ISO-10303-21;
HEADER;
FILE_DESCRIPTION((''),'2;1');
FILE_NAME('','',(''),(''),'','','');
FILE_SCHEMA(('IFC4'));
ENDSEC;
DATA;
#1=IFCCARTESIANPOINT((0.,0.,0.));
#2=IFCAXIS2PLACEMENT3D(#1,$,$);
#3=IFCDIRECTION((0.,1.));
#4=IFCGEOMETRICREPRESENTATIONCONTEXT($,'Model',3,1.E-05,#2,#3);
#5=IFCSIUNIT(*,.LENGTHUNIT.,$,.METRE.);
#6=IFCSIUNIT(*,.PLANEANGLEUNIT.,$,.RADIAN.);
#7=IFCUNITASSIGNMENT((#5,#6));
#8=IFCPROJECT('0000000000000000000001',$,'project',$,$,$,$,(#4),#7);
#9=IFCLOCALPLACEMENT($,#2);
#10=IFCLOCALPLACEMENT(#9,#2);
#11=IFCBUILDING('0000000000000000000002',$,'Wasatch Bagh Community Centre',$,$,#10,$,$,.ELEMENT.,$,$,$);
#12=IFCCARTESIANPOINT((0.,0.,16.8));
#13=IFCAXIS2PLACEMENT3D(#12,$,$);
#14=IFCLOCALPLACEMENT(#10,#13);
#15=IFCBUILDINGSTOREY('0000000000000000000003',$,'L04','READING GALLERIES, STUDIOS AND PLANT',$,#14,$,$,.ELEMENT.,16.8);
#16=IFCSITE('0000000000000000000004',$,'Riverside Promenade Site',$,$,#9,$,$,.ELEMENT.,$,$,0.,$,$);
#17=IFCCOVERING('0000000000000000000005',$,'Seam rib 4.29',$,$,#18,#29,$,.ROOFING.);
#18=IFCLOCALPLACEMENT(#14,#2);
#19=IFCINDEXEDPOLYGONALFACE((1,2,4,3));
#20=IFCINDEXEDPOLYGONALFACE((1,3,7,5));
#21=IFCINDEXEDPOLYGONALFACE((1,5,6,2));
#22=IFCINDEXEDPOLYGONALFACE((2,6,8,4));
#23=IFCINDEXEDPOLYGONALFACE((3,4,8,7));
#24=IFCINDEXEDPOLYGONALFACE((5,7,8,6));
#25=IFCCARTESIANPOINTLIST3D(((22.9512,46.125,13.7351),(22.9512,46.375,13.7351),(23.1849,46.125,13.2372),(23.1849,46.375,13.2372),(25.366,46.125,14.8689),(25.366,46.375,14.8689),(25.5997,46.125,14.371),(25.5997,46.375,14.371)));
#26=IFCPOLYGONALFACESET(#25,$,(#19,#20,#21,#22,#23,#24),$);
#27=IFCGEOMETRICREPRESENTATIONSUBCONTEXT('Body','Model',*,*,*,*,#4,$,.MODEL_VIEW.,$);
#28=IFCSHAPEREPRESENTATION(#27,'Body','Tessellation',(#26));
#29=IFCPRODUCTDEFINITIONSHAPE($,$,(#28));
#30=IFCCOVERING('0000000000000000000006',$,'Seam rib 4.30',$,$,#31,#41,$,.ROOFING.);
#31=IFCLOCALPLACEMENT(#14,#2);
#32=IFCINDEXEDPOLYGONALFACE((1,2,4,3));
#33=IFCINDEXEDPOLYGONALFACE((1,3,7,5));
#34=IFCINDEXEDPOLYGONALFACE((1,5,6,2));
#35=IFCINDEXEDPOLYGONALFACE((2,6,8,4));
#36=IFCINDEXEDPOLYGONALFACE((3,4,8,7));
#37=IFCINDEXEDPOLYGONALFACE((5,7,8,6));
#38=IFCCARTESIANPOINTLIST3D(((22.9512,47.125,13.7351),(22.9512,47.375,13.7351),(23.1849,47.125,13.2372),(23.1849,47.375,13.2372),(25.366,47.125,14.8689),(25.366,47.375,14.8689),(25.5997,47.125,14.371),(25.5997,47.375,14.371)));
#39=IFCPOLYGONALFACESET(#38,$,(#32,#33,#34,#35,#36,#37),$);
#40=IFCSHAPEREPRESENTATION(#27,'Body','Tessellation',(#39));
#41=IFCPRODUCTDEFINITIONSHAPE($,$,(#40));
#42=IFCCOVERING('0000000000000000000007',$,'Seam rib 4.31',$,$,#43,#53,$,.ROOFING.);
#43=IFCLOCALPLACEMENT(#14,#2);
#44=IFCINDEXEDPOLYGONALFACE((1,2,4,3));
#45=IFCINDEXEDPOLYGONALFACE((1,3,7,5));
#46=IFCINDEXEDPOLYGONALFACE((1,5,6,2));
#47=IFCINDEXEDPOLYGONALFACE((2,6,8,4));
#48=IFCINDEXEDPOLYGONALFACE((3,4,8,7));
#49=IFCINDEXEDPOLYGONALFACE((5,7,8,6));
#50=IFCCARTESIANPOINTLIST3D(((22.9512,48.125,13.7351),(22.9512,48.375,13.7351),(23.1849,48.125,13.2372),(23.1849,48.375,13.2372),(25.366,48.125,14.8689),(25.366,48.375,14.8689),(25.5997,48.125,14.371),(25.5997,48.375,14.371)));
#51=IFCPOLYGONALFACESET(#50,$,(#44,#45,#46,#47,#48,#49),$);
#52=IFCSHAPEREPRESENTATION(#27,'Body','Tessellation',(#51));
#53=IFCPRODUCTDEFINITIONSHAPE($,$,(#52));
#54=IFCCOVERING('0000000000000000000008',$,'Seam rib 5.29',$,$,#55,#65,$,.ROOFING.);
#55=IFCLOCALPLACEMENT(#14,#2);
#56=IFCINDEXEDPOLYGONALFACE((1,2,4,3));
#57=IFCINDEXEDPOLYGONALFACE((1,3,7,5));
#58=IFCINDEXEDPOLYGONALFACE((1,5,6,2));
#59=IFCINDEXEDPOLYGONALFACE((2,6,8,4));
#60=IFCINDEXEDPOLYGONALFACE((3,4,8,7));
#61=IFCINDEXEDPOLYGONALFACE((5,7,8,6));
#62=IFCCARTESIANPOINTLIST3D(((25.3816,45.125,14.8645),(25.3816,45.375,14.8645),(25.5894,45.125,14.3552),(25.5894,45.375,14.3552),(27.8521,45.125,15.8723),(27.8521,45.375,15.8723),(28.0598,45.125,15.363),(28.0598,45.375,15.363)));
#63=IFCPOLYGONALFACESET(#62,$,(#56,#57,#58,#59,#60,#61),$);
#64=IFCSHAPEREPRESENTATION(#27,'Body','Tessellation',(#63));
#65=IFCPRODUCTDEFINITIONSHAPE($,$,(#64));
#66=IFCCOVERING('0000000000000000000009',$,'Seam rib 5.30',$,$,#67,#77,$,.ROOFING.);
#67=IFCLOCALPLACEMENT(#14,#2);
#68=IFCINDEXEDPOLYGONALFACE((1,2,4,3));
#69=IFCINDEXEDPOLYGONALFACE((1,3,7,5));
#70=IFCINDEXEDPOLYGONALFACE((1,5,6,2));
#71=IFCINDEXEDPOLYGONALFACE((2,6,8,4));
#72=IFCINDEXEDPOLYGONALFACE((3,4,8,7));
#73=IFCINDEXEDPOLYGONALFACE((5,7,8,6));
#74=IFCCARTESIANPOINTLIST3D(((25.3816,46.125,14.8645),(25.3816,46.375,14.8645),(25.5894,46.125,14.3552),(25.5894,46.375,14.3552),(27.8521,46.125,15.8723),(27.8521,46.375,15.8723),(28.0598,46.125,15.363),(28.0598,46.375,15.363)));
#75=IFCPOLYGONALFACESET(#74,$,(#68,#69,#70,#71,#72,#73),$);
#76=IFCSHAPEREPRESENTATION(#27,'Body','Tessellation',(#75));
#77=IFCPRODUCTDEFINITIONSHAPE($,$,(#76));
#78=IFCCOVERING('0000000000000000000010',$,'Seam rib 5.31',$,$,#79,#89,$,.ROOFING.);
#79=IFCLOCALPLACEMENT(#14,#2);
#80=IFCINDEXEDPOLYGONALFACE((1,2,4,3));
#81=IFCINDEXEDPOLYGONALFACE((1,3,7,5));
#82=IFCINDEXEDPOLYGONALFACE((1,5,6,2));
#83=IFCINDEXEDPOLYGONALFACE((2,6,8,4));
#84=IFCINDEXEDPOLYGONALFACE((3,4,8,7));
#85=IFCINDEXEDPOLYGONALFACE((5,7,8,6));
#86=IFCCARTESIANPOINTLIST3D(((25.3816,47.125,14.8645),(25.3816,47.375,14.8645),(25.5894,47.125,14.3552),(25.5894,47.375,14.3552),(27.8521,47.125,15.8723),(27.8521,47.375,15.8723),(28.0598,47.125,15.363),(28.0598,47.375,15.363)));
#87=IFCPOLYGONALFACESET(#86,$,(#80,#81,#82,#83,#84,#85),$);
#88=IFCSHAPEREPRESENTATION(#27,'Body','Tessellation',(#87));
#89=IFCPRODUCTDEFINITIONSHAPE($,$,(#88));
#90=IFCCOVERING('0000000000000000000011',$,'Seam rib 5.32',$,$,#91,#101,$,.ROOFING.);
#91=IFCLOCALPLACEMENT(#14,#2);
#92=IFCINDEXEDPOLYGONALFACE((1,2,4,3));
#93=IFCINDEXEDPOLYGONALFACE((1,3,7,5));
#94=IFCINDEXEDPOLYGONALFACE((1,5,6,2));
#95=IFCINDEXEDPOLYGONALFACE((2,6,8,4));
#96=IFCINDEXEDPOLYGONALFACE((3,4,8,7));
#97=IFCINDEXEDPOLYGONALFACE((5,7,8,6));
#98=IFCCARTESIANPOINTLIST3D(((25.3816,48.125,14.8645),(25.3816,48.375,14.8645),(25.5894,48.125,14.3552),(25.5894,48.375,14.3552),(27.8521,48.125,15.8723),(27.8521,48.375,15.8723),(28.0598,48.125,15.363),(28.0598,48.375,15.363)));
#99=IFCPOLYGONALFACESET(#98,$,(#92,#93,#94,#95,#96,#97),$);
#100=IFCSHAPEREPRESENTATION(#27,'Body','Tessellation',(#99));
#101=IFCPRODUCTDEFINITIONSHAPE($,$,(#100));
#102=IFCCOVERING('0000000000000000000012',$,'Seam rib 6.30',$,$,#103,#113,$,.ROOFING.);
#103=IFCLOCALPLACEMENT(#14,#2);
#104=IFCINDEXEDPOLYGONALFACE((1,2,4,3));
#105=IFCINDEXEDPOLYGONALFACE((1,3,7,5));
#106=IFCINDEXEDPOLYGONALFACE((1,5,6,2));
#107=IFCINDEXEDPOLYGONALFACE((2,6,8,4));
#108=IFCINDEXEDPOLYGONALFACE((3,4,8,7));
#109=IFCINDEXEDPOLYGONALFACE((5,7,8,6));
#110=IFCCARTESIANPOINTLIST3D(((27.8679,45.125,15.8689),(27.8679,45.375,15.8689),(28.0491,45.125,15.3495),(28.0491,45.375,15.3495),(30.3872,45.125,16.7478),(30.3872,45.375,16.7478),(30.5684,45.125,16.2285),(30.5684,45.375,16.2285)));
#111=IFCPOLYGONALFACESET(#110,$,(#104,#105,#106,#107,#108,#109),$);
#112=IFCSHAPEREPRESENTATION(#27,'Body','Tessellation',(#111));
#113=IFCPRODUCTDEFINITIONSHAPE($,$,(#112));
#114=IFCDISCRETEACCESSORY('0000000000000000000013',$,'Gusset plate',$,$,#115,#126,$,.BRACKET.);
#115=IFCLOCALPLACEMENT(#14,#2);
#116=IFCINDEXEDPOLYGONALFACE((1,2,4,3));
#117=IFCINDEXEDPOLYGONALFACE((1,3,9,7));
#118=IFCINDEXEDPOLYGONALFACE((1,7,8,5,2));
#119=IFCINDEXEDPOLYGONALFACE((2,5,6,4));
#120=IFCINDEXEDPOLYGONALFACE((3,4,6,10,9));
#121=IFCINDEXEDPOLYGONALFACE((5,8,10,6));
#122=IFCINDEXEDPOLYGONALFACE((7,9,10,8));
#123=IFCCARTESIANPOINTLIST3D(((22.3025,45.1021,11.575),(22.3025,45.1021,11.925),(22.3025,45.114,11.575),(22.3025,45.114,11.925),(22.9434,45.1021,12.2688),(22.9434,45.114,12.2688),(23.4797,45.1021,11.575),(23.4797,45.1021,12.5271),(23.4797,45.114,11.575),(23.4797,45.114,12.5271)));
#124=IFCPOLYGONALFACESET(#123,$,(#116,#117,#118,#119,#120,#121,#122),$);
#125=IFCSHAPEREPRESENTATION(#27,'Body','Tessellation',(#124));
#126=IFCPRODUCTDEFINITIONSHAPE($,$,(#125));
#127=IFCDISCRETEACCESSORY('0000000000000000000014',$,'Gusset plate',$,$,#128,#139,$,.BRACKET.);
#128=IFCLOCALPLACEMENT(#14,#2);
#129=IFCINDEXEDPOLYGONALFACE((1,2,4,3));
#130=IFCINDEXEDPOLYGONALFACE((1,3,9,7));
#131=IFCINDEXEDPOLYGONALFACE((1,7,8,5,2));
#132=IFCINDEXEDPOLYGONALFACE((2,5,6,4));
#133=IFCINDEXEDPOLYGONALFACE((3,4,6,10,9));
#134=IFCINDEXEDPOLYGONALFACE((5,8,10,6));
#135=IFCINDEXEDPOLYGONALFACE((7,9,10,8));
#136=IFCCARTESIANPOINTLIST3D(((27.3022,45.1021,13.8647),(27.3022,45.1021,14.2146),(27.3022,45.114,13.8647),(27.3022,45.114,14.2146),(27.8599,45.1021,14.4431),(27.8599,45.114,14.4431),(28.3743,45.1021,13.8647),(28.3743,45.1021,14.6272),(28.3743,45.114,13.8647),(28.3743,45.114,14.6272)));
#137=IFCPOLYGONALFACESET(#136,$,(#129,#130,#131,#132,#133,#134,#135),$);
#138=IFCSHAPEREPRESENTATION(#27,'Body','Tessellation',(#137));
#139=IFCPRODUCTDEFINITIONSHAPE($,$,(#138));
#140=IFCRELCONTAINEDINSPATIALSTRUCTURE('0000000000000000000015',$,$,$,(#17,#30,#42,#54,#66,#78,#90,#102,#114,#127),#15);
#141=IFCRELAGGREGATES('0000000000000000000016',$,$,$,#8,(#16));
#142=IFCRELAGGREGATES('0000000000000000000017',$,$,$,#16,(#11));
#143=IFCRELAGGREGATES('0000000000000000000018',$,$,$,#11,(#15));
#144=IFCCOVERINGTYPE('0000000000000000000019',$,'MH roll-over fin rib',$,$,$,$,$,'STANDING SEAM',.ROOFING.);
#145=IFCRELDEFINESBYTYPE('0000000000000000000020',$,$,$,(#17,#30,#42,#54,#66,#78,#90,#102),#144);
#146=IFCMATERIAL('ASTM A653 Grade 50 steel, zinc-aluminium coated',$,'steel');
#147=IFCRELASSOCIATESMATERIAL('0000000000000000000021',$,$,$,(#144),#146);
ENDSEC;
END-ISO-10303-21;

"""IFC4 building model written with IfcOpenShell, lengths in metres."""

from ifc_helpers import new_model, si_unit, direction, frame, origin, place, context, subcontext, project, spatial, polyline, outline, extrude, material, type_object, element, save


model = new_model("IFC4")

# Units and contexts
model_context = context("Model", 3, precision=1e-05, world=origin(), true_north=direction((0.0, 1.0)))
body_context = subcontext(model_context, "Body", "Model", "MODEL_VIEW")
ifc_project = project(units=[si_unit("LENGTHUNIT", "METRE"), si_unit("PLANEANGLEUNIT", "RADIAN")], contexts=[model_context])

# Site, building, storey
site_placement = place(None, origin())
site = spatial("IfcSite", under=ifc_project, at=site_placement, Name="Riverside Promenade Site", CompositionType="ELEMENT", RefElevation=0.0)
building_placement = place(site_placement, origin())
building = spatial("IfcBuilding", under=site, at=building_placement, Name="Wasatch Bagh Community Centre", CompositionType="ELEMENT")
storey_placement = place(building_placement, frame((0.0, 0.0, 16.8)))
storey = spatial("IfcBuildingStorey", under=building, at=storey_placement, Name="L04", Description="READING GALLERIES, STUDIOS AND PLANT", CompositionType="ELEMENT", Elevation=16.8)

# Coverings
ifc_material_1 = material(Name="ASTM A653 Grade 50 steel, zinc-aluminium coated", Category="steel")
covering_type = type_object("IfcCoveringType", Name="MH roll-over fin rib", ElementType="STANDING SEAM", PredefinedType="ROOFING", material=ifc_material_1)
for number, where, z_axis, x_axis, name in (
    (1, (22.9512, 46.125, 13.7351), (-0.425004, 0.0, 0.905192), (0.905192, 0.0, 0.425004), "Seam rib 4.29"),
    (2, (22.9512, 47.125, 13.7351), (-0.425004, 0.0, 0.905192), (0.905192, 0.0, 0.425004), "Seam rib 4.30"),
    (3, (22.9512, 48.125, 13.7351), (-0.425004, 0.0, 0.905192), (0.905192, 0.0, 0.425004), "Seam rib 4.31"),
):
    element("IfcCovering", number, at=place(storey_placement, frame(where, z_axis=z_axis, x_axis=x_axis)), inside=storey, type_object=covering_type, Name=name, PredefinedType="ROOFING", context=body_context, shape_type="SweptSolid", body=[
        extrude(outline(polyline([(0.0, 0.0), (2.6677, 0.0), (2.6677, 0.25), (0.0, 0.25), (0.0, 0.0)])), origin(), (0.0, 0.0, -1.0), 0.55),
    ])
for number, where, z_axis, x_axis, name in (
    (4, (25.3816, 45.125, 14.8645), (-0.377724, 0.0, 0.925918), (0.925918, 0.0, 0.377724), "Seam rib 5.29"),
    (5, (25.3816, 46.125, 14.8645), (-0.377724, 0.0, 0.925918), (0.925918, 0.0, 0.377724), "Seam rib 5.30"),
    (6, (25.3816, 47.125, 14.8645), (-0.377724, 0.0, 0.925918), (0.925918, 0.0, 0.377724), "Seam rib 5.31"),
    (7, (25.3816, 48.125, 14.8645), (-0.377724, 0.0, 0.925918), (0.925918, 0.0, 0.377724), "Seam rib 5.32"),
):
    element("IfcCovering", number, at=place(storey_placement, frame(where, z_axis=z_axis, x_axis=x_axis)), inside=storey, type_object=covering_type, Name=name, PredefinedType="ROOFING", context=body_context, shape_type="SweptSolid", body=[
        extrude(outline(polyline([(0.0, 0.0), (2.6681, 0.0), (2.6681, 0.25), (0.0, 0.25), (0.0, 0.0)])), origin(), (0.0, 0.0, -1.0), 0.55),
    ])
covering_placement = place(storey_placement, frame((27.8679, 45.125, 15.8689), z_axis=(-0.329401, 0.0, 0.94419), x_axis=(0.94419, 0.0, 0.329401)))
element("IfcCovering", 8, at=covering_placement, inside=storey, type_object=covering_type, Name="Seam rib 6.30", PredefinedType="ROOFING", context=body_context, shape_type="SweptSolid", body=[
    extrude(outline(polyline([(0.0, 0.0), (2.6682, 0.0), (2.6682, 0.25), (0.0, 0.25), (0.0, 0.0)])), origin(), (0.0, 0.0, -1.0), 0.55),
])

# Discrete accessories
discrete_accessory_1_placement = place(storey_placement, frame((22.3025, 45.114, 11.925), z_axis=(0.0, 1.0, 0.0), x_axis=(0.881235, 0.0, 0.472678)))
element("IfcDiscreteAccessory", 9, at=discrete_accessory_1_placement, inside=storey, Name="Gusset plate", PredefinedType="BRACKET", context=body_context, shape_type="SweptSolid", body=[
    extrude(outline(polyline([(0.0, 0.0), (0.7272, 0.0), (1.322, 0.0259), (0.8719, 0.865), (-0.1655, 0.3085), (0.0, 0.0)])), origin(), (0.0, 0.0, -1.0), 0.012),
])
discrete_accessory_2_placement = place(storey_placement, frame((27.3022, 45.114, 14.2146), z_axis=(0.0, 1.0, 0.0), x_axis=(0.925314, 0.0, 0.379201)))
element("IfcDiscreteAccessory", 10, at=discrete_accessory_2_placement, inside=storey, Name="Gusset plate", PredefinedType="BRACKET", context=body_context, shape_type="SweptSolid", body=[
    extrude(outline(polyline([(0.0, 0.0), (0.6026, 0.0), (1.1484, 0.0247), (0.8593, 0.7302), (-0.1327, 0.3237), (0.0, 0.0)])), origin(), (0.0, 0.0, -1.0), 0.012),
])

save(model, "model.ifc")
